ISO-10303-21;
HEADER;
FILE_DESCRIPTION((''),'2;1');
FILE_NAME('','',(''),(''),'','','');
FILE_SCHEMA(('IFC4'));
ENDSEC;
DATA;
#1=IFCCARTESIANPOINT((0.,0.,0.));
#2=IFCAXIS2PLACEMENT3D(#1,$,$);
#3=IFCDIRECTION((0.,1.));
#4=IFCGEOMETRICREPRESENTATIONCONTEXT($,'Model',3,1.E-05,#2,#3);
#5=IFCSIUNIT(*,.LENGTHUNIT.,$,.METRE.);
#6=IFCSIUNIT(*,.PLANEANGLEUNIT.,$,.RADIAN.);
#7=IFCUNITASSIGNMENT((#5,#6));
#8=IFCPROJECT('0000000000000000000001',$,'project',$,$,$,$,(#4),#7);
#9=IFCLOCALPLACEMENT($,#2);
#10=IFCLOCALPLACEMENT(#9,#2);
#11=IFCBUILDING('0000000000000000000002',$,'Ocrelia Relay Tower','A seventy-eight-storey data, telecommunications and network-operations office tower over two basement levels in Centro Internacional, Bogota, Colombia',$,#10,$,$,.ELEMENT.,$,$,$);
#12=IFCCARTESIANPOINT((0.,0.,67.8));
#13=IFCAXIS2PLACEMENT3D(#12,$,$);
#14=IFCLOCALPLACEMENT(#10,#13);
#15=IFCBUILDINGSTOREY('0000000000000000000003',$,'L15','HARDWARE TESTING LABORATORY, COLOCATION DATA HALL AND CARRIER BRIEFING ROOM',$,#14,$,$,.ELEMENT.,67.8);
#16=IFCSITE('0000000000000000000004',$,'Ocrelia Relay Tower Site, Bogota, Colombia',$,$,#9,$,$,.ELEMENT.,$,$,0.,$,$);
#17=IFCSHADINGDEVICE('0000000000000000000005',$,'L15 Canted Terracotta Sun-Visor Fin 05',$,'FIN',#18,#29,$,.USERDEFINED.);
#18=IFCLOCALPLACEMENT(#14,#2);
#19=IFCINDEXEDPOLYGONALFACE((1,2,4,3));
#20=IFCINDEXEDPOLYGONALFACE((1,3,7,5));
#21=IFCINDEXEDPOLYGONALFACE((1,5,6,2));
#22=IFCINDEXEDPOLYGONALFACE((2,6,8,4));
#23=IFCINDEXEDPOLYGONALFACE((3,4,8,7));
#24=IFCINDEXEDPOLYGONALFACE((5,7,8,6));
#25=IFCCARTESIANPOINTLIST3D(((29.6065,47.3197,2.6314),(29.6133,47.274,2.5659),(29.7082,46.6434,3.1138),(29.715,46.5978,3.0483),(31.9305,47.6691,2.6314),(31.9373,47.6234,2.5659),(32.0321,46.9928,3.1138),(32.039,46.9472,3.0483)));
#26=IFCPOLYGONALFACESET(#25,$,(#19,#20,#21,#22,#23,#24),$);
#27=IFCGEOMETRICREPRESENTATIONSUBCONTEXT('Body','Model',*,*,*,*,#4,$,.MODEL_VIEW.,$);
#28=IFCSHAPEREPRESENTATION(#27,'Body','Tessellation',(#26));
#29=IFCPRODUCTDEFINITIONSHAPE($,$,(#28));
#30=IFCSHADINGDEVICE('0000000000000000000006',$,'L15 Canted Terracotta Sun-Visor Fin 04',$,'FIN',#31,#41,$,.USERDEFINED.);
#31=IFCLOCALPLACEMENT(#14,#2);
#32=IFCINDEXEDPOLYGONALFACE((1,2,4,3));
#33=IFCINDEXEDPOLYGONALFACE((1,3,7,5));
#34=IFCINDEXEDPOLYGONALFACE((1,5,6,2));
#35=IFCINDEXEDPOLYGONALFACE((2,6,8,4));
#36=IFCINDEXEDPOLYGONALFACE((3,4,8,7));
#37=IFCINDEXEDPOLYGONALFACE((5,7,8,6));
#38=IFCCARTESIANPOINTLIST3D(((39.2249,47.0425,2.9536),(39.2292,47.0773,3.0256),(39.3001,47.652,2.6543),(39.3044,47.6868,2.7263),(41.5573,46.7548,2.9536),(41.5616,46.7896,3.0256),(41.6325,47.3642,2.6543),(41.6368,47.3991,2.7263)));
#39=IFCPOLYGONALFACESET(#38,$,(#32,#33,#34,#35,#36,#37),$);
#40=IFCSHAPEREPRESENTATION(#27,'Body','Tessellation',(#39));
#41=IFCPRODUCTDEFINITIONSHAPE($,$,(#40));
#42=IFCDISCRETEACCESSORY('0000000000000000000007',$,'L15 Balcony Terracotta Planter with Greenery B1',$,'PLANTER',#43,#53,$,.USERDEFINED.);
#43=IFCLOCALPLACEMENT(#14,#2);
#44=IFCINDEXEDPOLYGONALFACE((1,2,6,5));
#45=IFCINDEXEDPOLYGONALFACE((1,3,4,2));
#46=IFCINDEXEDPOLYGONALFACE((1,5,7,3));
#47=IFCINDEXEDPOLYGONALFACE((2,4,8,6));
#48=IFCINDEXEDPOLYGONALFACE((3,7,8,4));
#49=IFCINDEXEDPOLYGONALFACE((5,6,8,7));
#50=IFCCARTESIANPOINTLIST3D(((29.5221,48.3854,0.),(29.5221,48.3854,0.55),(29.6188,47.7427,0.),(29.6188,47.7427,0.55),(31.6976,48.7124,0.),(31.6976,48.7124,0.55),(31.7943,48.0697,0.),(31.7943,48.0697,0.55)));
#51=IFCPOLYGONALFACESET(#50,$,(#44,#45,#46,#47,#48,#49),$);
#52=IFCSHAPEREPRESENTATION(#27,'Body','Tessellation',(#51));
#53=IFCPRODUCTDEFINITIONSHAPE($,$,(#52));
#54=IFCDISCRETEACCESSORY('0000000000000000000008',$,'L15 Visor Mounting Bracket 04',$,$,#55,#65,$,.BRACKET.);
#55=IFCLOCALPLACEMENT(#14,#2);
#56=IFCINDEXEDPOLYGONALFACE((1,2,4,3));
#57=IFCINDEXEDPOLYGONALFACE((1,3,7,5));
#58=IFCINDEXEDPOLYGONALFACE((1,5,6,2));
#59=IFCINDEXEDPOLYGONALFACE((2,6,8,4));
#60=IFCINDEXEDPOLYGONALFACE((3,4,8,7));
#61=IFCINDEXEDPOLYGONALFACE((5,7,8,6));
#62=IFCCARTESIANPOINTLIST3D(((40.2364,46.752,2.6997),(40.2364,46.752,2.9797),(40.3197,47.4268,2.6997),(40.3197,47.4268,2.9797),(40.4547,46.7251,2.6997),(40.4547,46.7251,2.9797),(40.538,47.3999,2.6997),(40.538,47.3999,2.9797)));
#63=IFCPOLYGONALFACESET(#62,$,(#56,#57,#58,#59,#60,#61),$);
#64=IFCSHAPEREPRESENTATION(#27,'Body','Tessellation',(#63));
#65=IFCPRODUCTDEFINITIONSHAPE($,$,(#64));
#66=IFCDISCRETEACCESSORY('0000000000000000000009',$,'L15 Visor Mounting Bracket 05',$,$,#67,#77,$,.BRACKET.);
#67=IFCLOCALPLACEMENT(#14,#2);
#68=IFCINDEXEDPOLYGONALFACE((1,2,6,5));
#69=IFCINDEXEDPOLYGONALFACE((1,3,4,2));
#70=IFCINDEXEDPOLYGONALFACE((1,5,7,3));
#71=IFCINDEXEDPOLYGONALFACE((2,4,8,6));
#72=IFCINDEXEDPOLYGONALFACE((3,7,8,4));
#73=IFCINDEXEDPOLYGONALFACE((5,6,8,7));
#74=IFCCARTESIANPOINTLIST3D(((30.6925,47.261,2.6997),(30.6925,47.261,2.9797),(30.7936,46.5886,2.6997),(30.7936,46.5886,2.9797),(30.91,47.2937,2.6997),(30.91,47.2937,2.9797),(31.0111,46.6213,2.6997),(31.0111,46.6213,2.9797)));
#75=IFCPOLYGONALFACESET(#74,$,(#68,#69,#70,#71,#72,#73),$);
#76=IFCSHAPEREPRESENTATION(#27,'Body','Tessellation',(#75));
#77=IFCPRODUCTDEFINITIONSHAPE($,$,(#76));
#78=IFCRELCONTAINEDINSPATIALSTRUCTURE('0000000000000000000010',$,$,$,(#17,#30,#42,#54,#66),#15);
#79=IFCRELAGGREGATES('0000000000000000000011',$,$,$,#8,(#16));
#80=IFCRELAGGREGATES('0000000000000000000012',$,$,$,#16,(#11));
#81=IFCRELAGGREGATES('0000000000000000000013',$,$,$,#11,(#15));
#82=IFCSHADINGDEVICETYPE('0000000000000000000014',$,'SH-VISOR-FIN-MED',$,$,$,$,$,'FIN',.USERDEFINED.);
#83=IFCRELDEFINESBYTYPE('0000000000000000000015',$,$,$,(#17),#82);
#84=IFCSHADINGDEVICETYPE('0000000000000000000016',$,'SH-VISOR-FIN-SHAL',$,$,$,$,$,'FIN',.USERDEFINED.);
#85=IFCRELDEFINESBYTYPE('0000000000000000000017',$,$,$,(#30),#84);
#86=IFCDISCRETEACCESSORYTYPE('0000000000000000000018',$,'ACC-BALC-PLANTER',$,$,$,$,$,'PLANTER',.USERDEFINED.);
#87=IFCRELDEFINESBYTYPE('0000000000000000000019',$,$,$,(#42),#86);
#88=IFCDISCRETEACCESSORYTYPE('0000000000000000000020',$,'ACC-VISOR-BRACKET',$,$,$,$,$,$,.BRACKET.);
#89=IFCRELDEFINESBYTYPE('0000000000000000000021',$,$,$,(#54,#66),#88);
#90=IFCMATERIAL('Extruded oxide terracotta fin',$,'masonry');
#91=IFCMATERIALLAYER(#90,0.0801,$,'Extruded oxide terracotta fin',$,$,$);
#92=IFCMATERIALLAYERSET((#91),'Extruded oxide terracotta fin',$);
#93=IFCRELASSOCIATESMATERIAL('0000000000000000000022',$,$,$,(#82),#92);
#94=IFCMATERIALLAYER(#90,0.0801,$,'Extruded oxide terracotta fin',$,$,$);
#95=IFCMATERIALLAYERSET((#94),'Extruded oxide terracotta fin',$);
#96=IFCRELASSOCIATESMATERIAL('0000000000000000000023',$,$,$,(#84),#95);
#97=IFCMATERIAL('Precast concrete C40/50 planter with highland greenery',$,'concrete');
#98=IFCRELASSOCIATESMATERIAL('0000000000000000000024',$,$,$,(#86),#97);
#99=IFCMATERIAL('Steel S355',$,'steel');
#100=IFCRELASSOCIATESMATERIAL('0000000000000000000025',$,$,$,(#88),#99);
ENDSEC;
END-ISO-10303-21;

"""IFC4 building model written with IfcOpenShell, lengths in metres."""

from ifc_helpers import new_model, si_unit, direction, frame, origin, origin_2d, place, context, subcontext, project, spatial, rectangle, extrude, material, layer, layer_set, type_object, element, save


model = new_model("IFC4")

# Units and contexts
model_context = context("Model", 3, precision=1e-05, world=origin(), true_north=direction((0.0, 1.0)))
body_context = subcontext(model_context, "Body", "Model", "MODEL_VIEW")
ifc_project = project(units=[si_unit("LENGTHUNIT", "METRE"), si_unit("PLANEANGLEUNIT", "RADIAN")], contexts=[model_context])

# Site, building, storey
site_placement = place(None, origin())
site = spatial("IfcSite", under=ifc_project, at=site_placement, Name="Ocrelia Relay Tower Site, Bogota, Colombia", CompositionType="ELEMENT", RefElevation=0.0)
building_placement = place(site_placement, origin())
building = spatial("IfcBuilding", under=site, at=building_placement, Name="Ocrelia Relay Tower", Description="A seventy-eight-storey data, telecommunications and network-operations office tower over two basement levels in Centro Internacional, Bogota, Colombia", CompositionType="ELEMENT")
storey_placement = place(building_placement, frame((0.0, 0.0, 67.8)))
storey = spatial("IfcBuildingStorey", under=building, at=storey_placement, Name="L15", Description="HARDWARE TESTING LABORATORY, COLOCATION DATA HALL AND CARRIER BRIEFING ROOM", CompositionType="ELEMENT", Elevation=67.8)

# Shared definitions
ifc_material_1 = material(Name="Steel S355", Category="steel")

# Shading devices
ifc_material_2 = material(Name="Extruded oxide terracotta fin", Category="masonry")
ifc_layer_1 = layer(ifc_material_2, 0.0801, Name="Extruded oxide terracotta fin")
ifc_layer_set_1 = layer_set([ifc_layer_1], Name="Extruded oxide terracotta fin")
shading_device_type_1 = type_object("IfcShadingDeviceType", Name="SH-VISOR-FIN-MED", ElementType="FIN", PredefinedType="USERDEFINED", material=ifc_layer_set_1)
shading_device_1_placement = place(storey_placement, frame((30.8262, 47.1106, 2.8071), z_axis=(-0.085699, 0.570026, 0.817145), x_axis=(-0.988887, -0.148671, 0.0)))
element("IfcShadingDevice", 1, at=shading_device_1_placement, inside=storey, type_object=shading_device_type_1, Name="L15 Canted Terracotta Sun-Visor Fin 05", ObjectType="FIN", PredefinedType="USERDEFINED", context=body_context, shape_type="SweptSolid", body=[
    extrude(rectangle(XDim=2.3501, YDim=0.8369, at=origin_2d()), origin(), (0.0, 0.0, 1.0), 0.0801),
])
ifc_layer_2 = layer(ifc_material_2, 0.0801, Name="Extruded oxide terracotta fin")
ifc_layer_set_2 = layer_set([ifc_layer_2], Name="Extruded oxide terracotta fin")
shading_device_type_2 = type_object("IfcShadingDeviceType", Name="SH-VISOR-FIN-SHAL", ElementType="FIN", PredefinedType="USERDEFINED", material=ifc_layer_set_2)
shading_device_2_placement = place(storey_placement, frame((40.4287, 47.2034, 2.804), z_axis=(0.05363, 0.434762, 0.898947), x_axis=(-0.992478, 0.122426, 0.0)))
element("IfcShadingDevice", 2, at=shading_device_2_placement, inside=storey, type_object=shading_device_type_2, Name="L15 Canted Terracotta Sun-Visor Fin 04", ObjectType="FIN", PredefinedType="USERDEFINED", context=body_context, shape_type="SweptSolid", body=[
    extrude(rectangle(XDim=2.3501, YDim=0.6831, at=origin_2d()), origin(), (0.0, 0.0, 1.0), 0.0801),
])

# Discrete accessories
ifc_material_3 = material(Name="Precast concrete C40/50 planter with highland greenery", Category="concrete")
discrete_accessory_type_1 = type_object("IfcDiscreteAccessoryType", Name="ACC-BALC-PLANTER", ElementType="PLANTER", PredefinedType="USERDEFINED", material=ifc_material_3)
discrete_accessory_placement = place(storey_placement, frame((30.6582, 48.2275, 0.0), z_axis=(0.0, 0.0, 1.0), x_axis=(0.988888, 0.148663, 0.0)))
element("IfcDiscreteAccessory", 3, at=discrete_accessory_placement, inside=storey, type_object=discrete_accessory_type_1, Name="L15 Balcony Terracotta Planter with Greenery B1", ObjectType="PLANTER", PredefinedType="USERDEFINED", context=body_context, shape_type="SweptSolid", body=[
    extrude(rectangle(XDim=2.2, YDim=0.6499, at=origin_2d()), origin(), (0.0, 0.0, 1.0), 0.55),
])
discrete_accessory_type_2 = type_object("IfcDiscreteAccessoryType", Name="ACC-VISOR-BRACKET", PredefinedType="BRACKET", material=ifc_material_1)
for number, where, z_axis, x_axis, name in (
    (4, (40.3872, 47.0759, 2.6997), (0.0, 0.0, 1.0), (-0.992478, 0.122426, 0.0), "L15 Visor Mounting Bracket 04"),
    (5, (30.8518, 46.9412, 2.6997), (0.0, 0.0, 1.0), (-0.988887, -0.148671, 0.0), "L15 Visor Mounting Bracket 05"),
):
    element("IfcDiscreteAccessory", number, at=place(storey_placement, frame(where, z_axis=z_axis, x_axis=x_axis)), inside=storey, type_object=discrete_accessory_type_2, Name=name, PredefinedType="BRACKET", context=body_context, shape_type="SweptSolid", body=[
        extrude(rectangle(XDim=0.22, YDim=0.6799, at=origin_2d()), origin(), (0.0, 0.0, 1.0), 0.28),
    ])

save(model, "model.ifc")
